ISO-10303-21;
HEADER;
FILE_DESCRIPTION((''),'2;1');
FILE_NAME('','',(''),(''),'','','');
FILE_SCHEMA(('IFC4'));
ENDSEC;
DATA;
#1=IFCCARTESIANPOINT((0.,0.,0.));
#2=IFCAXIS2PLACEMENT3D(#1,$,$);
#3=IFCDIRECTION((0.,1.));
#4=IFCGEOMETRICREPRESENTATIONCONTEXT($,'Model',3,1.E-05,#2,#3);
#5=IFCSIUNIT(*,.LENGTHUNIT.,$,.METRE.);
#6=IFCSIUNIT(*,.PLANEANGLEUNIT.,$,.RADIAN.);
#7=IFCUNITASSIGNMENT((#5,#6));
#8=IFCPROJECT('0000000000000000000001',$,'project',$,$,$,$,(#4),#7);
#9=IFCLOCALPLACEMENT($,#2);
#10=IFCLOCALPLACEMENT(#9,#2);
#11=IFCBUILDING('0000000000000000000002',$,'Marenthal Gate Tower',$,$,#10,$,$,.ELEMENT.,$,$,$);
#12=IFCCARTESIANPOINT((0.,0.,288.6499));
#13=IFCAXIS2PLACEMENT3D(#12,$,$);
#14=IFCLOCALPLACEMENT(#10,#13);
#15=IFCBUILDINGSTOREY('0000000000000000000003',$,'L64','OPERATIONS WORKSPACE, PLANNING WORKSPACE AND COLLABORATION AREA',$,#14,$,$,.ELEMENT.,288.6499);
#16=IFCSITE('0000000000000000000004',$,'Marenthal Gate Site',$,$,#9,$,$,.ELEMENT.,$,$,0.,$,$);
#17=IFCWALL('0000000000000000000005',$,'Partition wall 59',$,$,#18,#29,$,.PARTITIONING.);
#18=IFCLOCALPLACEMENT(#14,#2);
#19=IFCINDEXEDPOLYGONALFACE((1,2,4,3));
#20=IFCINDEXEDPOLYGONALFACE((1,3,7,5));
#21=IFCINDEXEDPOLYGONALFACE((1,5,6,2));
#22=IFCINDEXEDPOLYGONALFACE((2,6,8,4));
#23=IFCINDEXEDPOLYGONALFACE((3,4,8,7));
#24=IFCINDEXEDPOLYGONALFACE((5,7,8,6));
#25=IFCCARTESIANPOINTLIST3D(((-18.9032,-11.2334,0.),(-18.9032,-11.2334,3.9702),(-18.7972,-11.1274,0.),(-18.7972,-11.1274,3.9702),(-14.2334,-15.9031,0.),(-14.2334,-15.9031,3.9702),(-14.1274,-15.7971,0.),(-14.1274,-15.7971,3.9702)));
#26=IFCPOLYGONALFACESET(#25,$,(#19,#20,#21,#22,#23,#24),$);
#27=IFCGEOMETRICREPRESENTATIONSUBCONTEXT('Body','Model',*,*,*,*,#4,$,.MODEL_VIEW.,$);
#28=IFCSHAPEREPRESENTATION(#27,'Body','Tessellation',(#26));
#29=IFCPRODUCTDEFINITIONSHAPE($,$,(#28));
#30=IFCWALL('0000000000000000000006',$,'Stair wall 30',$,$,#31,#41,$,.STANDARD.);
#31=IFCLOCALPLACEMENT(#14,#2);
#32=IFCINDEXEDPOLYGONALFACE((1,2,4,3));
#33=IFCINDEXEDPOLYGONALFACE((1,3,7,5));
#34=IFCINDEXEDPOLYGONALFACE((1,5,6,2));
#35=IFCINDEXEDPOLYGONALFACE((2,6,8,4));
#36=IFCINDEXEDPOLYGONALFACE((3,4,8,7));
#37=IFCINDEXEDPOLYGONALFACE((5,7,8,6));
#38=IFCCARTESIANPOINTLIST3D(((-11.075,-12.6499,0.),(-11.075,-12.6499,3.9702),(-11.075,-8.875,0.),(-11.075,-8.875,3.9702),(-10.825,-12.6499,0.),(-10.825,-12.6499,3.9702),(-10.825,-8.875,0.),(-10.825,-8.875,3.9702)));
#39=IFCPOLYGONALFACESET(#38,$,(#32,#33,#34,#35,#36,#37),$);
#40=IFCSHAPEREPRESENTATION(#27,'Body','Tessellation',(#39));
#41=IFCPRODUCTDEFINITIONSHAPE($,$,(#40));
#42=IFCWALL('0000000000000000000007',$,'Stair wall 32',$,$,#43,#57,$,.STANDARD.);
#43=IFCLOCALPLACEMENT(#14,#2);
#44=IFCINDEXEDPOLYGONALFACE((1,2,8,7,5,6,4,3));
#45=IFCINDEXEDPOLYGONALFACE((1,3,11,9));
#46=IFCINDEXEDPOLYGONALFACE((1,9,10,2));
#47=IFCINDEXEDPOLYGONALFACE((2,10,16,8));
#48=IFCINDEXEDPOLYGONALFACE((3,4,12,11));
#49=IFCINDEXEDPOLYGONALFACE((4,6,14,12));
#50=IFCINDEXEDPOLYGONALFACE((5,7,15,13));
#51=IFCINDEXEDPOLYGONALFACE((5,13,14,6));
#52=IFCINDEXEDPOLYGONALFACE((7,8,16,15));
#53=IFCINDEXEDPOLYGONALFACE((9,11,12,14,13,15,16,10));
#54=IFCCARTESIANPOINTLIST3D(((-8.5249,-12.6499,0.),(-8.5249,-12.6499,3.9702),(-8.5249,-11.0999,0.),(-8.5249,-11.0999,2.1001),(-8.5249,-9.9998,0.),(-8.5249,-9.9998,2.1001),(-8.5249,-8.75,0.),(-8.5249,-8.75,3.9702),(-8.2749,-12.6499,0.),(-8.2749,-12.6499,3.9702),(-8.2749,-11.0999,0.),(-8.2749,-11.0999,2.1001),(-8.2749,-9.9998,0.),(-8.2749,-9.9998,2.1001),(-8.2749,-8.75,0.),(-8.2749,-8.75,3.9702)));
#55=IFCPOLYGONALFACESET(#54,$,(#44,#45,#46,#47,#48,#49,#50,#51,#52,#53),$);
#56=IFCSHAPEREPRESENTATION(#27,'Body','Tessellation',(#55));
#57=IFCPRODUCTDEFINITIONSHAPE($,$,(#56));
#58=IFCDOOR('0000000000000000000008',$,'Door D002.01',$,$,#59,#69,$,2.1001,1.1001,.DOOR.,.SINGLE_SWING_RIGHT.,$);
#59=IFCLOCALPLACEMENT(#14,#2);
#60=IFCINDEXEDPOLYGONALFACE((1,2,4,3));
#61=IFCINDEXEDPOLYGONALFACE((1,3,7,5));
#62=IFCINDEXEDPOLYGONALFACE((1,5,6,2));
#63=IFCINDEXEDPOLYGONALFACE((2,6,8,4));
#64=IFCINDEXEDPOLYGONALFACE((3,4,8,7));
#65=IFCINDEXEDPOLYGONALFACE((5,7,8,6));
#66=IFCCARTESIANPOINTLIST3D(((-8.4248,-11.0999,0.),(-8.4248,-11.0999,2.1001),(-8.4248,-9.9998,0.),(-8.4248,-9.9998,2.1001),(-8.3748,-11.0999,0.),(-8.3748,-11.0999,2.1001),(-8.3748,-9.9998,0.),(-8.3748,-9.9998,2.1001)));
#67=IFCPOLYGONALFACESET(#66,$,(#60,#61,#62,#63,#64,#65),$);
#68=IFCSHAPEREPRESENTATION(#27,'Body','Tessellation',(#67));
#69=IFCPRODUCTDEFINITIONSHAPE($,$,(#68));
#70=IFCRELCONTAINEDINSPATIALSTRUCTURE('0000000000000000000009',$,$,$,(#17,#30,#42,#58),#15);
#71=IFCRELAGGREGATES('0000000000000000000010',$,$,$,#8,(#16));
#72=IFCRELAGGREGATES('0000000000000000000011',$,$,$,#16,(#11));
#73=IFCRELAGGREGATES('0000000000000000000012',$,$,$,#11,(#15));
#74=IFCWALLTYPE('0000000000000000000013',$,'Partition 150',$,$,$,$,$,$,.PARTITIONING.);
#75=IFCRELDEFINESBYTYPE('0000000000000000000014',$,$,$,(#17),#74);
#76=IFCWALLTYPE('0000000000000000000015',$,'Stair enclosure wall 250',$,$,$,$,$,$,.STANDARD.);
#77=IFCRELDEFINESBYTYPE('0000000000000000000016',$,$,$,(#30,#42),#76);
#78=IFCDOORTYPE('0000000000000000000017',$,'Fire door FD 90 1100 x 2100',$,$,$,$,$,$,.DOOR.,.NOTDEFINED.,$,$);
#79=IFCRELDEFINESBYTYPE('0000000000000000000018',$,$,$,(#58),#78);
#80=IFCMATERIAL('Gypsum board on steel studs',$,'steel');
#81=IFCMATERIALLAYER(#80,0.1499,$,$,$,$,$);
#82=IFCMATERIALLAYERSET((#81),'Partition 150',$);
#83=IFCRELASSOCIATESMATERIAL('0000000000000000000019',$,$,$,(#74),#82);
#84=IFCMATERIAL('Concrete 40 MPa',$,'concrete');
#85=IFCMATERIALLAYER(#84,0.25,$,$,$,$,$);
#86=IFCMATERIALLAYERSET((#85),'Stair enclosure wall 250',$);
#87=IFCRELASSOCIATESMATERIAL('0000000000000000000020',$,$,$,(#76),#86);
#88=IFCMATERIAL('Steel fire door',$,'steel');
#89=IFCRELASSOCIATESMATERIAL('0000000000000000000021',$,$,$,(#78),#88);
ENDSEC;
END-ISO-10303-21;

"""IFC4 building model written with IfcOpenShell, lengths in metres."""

from ifc_helpers import new_model, si_unit, direction, frame, frame_2d, origin, place, context, subcontext, project, spatial, rectangle, extrude, material, layer, layer_set, type_object, element, fill, save


model = new_model("IFC4")

# Units and contexts
model_context = context("Model", 3, precision=1e-05, world=origin(), true_north=direction((0.0, 1.0)))
body_context = subcontext(model_context, "Body", "Model", "MODEL_VIEW")
ifc_project = project(units=[si_unit("LENGTHUNIT", "METRE"), si_unit("PLANEANGLEUNIT", "RADIAN")], contexts=[model_context])

# Site, building, storey
site_placement = place(None, origin())
site = spatial("IfcSite", under=ifc_project, at=site_placement, Name="Marenthal Gate Site", CompositionType="ELEMENT", RefElevation=0.0)
building_placement = place(site_placement, origin())
building = spatial("IfcBuilding", under=site, at=building_placement, Name="Marenthal Gate Tower", CompositionType="ELEMENT")
storey_placement = place(building_placement, frame((0.0, 0.0, 288.6499)))
storey = spatial("IfcBuildingStorey", under=building, at=storey_placement, Name="L64", Description="OPERATIONS WORKSPACE, PLANNING WORKSPACE AND COLLABORATION AREA", CompositionType="ELEMENT", Elevation=288.6499)

# Walls
ifc_material_1 = material(Name="Gypsum board on steel studs", Category="steel")
ifc_layer_1 = layer(ifc_material_1, 0.1499)
ifc_layer_set_1 = layer_set([ifc_layer_1], Name="Partition 150")
wall_type_1 = type_object("IfcWallType", Name="Partition 150", PredefinedType="PARTITIONING", material=ifc_layer_set_1)
wall_1_placement = place(storey_placement, frame((-14.1804, -15.8501, 0.0), z_axis=(0.0, 0.0, 1.0), x_axis=(-0.707107, 0.707107, 0.0)))
element("IfcWall", 1, at=wall_1_placement, inside=storey, type_object=wall_type_1, Name="Partition wall 59", PredefinedType="PARTITIONING", context=body_context, shape_type="SweptSolid", body=[
    extrude(rectangle(XDim=6.604, YDim=0.1499, at=frame_2d((3.302, 0.0))), origin(), (0.0, 0.0, 1.0), 3.9702),
])
ifc_material_2 = material(Name="Concrete 40 MPa", Category="concrete")
ifc_layer_2 = layer(ifc_material_2, 0.25)
ifc_layer_set_2 = layer_set([ifc_layer_2], Name="Stair enclosure wall 250")
wall_type_2 = type_object("IfcWallType", Name="Stair enclosure wall 250", PredefinedType="STANDARD", material=ifc_layer_set_2)
wall_2_placement = place(storey_placement, frame((-10.95, -12.6499, 0.0), z_axis=(0.0, 0.0, 1.0), x_axis=(0.0, 1.0, 0.0)))
element("IfcWall", 2, at=wall_2_placement, inside=storey, type_object=wall_type_2, Name="Stair wall 30", PredefinedType="STANDARD", context=body_context, shape_type="SweptSolid", body=[
    extrude(rectangle(XDim=3.7749, YDim=0.25, at=frame_2d((1.8875, 0.0))), origin(), (0.0, 0.0, 1.0), 3.9702),
])

# Wall, opening, door
wall_3_placement = place(storey_placement, frame((-8.3999, -12.6499, 0.0), z_axis=(0.0, 0.0, 1.0), x_axis=(0.0, 1.0, 0.0)))
wall_3 = element("IfcWall", 3, at=wall_3_placement, inside=storey, type_object=wall_type_2, Name="Stair wall 32", PredefinedType="STANDARD", context=body_context, shape_type="SweptSolid", body=[
    extrude(rectangle(XDim=3.8999, YDim=0.25, at=frame_2d((1.95, 0.0))), origin(), (0.0, 0.0, 1.0), 3.9702),
])
opening_1_placement = place(wall_3_placement, frame((1.55, 0.0, 0.0)))
opening_1 = element("IfcOpeningElement", 4, at=opening_1_placement, cuts=wall_3, PredefinedType="OPENING", context=body_context, shape_type="SweptSolid", body=[
    extrude(rectangle(XDim=1.1001, YDim=2.1001, at=frame_2d((0.55, 1.05))), frame((0.0, 0.135, 0.0), z_axis=(0.0, -1.0, 0.0), x_axis=(1.0, 0.0, 0.0)), (0.0, 0.0, 1.0), 0.27),
])
ifc_material_3 = material(Name="Steel fire door", Category="steel")
door_type_1 = type_object("IfcDoorType", Name="Fire door FD 90 1100 x 2100", OperationType="NOTDEFINED", PredefinedType="DOOR", material=ifc_material_3)
door_1_placement = place(opening_1_placement, origin())
door_1 = element("IfcDoor", 5, at=door_1_placement, inside=storey, type_object=door_type_1, Name="Door D002.01", OperationType="SINGLE_SWING_RIGHT", OverallHeight=2.1001, OverallWidth=1.1001, PredefinedType="DOOR", context=body_context, shape_type="SweptSolid", body=[
    extrude(rectangle(XDim=1.1001, YDim=2.1001, at=frame_2d((0.55, 1.05))), frame((0.0, 0.0249, 0.0), z_axis=(0.0, -1.0, 0.0), x_axis=(1.0, 0.0, 0.0)), (0.0, 0.0, 1.0), 0.05),
])
fill(opening_1, door_1)

save(model, "model.ifc")
